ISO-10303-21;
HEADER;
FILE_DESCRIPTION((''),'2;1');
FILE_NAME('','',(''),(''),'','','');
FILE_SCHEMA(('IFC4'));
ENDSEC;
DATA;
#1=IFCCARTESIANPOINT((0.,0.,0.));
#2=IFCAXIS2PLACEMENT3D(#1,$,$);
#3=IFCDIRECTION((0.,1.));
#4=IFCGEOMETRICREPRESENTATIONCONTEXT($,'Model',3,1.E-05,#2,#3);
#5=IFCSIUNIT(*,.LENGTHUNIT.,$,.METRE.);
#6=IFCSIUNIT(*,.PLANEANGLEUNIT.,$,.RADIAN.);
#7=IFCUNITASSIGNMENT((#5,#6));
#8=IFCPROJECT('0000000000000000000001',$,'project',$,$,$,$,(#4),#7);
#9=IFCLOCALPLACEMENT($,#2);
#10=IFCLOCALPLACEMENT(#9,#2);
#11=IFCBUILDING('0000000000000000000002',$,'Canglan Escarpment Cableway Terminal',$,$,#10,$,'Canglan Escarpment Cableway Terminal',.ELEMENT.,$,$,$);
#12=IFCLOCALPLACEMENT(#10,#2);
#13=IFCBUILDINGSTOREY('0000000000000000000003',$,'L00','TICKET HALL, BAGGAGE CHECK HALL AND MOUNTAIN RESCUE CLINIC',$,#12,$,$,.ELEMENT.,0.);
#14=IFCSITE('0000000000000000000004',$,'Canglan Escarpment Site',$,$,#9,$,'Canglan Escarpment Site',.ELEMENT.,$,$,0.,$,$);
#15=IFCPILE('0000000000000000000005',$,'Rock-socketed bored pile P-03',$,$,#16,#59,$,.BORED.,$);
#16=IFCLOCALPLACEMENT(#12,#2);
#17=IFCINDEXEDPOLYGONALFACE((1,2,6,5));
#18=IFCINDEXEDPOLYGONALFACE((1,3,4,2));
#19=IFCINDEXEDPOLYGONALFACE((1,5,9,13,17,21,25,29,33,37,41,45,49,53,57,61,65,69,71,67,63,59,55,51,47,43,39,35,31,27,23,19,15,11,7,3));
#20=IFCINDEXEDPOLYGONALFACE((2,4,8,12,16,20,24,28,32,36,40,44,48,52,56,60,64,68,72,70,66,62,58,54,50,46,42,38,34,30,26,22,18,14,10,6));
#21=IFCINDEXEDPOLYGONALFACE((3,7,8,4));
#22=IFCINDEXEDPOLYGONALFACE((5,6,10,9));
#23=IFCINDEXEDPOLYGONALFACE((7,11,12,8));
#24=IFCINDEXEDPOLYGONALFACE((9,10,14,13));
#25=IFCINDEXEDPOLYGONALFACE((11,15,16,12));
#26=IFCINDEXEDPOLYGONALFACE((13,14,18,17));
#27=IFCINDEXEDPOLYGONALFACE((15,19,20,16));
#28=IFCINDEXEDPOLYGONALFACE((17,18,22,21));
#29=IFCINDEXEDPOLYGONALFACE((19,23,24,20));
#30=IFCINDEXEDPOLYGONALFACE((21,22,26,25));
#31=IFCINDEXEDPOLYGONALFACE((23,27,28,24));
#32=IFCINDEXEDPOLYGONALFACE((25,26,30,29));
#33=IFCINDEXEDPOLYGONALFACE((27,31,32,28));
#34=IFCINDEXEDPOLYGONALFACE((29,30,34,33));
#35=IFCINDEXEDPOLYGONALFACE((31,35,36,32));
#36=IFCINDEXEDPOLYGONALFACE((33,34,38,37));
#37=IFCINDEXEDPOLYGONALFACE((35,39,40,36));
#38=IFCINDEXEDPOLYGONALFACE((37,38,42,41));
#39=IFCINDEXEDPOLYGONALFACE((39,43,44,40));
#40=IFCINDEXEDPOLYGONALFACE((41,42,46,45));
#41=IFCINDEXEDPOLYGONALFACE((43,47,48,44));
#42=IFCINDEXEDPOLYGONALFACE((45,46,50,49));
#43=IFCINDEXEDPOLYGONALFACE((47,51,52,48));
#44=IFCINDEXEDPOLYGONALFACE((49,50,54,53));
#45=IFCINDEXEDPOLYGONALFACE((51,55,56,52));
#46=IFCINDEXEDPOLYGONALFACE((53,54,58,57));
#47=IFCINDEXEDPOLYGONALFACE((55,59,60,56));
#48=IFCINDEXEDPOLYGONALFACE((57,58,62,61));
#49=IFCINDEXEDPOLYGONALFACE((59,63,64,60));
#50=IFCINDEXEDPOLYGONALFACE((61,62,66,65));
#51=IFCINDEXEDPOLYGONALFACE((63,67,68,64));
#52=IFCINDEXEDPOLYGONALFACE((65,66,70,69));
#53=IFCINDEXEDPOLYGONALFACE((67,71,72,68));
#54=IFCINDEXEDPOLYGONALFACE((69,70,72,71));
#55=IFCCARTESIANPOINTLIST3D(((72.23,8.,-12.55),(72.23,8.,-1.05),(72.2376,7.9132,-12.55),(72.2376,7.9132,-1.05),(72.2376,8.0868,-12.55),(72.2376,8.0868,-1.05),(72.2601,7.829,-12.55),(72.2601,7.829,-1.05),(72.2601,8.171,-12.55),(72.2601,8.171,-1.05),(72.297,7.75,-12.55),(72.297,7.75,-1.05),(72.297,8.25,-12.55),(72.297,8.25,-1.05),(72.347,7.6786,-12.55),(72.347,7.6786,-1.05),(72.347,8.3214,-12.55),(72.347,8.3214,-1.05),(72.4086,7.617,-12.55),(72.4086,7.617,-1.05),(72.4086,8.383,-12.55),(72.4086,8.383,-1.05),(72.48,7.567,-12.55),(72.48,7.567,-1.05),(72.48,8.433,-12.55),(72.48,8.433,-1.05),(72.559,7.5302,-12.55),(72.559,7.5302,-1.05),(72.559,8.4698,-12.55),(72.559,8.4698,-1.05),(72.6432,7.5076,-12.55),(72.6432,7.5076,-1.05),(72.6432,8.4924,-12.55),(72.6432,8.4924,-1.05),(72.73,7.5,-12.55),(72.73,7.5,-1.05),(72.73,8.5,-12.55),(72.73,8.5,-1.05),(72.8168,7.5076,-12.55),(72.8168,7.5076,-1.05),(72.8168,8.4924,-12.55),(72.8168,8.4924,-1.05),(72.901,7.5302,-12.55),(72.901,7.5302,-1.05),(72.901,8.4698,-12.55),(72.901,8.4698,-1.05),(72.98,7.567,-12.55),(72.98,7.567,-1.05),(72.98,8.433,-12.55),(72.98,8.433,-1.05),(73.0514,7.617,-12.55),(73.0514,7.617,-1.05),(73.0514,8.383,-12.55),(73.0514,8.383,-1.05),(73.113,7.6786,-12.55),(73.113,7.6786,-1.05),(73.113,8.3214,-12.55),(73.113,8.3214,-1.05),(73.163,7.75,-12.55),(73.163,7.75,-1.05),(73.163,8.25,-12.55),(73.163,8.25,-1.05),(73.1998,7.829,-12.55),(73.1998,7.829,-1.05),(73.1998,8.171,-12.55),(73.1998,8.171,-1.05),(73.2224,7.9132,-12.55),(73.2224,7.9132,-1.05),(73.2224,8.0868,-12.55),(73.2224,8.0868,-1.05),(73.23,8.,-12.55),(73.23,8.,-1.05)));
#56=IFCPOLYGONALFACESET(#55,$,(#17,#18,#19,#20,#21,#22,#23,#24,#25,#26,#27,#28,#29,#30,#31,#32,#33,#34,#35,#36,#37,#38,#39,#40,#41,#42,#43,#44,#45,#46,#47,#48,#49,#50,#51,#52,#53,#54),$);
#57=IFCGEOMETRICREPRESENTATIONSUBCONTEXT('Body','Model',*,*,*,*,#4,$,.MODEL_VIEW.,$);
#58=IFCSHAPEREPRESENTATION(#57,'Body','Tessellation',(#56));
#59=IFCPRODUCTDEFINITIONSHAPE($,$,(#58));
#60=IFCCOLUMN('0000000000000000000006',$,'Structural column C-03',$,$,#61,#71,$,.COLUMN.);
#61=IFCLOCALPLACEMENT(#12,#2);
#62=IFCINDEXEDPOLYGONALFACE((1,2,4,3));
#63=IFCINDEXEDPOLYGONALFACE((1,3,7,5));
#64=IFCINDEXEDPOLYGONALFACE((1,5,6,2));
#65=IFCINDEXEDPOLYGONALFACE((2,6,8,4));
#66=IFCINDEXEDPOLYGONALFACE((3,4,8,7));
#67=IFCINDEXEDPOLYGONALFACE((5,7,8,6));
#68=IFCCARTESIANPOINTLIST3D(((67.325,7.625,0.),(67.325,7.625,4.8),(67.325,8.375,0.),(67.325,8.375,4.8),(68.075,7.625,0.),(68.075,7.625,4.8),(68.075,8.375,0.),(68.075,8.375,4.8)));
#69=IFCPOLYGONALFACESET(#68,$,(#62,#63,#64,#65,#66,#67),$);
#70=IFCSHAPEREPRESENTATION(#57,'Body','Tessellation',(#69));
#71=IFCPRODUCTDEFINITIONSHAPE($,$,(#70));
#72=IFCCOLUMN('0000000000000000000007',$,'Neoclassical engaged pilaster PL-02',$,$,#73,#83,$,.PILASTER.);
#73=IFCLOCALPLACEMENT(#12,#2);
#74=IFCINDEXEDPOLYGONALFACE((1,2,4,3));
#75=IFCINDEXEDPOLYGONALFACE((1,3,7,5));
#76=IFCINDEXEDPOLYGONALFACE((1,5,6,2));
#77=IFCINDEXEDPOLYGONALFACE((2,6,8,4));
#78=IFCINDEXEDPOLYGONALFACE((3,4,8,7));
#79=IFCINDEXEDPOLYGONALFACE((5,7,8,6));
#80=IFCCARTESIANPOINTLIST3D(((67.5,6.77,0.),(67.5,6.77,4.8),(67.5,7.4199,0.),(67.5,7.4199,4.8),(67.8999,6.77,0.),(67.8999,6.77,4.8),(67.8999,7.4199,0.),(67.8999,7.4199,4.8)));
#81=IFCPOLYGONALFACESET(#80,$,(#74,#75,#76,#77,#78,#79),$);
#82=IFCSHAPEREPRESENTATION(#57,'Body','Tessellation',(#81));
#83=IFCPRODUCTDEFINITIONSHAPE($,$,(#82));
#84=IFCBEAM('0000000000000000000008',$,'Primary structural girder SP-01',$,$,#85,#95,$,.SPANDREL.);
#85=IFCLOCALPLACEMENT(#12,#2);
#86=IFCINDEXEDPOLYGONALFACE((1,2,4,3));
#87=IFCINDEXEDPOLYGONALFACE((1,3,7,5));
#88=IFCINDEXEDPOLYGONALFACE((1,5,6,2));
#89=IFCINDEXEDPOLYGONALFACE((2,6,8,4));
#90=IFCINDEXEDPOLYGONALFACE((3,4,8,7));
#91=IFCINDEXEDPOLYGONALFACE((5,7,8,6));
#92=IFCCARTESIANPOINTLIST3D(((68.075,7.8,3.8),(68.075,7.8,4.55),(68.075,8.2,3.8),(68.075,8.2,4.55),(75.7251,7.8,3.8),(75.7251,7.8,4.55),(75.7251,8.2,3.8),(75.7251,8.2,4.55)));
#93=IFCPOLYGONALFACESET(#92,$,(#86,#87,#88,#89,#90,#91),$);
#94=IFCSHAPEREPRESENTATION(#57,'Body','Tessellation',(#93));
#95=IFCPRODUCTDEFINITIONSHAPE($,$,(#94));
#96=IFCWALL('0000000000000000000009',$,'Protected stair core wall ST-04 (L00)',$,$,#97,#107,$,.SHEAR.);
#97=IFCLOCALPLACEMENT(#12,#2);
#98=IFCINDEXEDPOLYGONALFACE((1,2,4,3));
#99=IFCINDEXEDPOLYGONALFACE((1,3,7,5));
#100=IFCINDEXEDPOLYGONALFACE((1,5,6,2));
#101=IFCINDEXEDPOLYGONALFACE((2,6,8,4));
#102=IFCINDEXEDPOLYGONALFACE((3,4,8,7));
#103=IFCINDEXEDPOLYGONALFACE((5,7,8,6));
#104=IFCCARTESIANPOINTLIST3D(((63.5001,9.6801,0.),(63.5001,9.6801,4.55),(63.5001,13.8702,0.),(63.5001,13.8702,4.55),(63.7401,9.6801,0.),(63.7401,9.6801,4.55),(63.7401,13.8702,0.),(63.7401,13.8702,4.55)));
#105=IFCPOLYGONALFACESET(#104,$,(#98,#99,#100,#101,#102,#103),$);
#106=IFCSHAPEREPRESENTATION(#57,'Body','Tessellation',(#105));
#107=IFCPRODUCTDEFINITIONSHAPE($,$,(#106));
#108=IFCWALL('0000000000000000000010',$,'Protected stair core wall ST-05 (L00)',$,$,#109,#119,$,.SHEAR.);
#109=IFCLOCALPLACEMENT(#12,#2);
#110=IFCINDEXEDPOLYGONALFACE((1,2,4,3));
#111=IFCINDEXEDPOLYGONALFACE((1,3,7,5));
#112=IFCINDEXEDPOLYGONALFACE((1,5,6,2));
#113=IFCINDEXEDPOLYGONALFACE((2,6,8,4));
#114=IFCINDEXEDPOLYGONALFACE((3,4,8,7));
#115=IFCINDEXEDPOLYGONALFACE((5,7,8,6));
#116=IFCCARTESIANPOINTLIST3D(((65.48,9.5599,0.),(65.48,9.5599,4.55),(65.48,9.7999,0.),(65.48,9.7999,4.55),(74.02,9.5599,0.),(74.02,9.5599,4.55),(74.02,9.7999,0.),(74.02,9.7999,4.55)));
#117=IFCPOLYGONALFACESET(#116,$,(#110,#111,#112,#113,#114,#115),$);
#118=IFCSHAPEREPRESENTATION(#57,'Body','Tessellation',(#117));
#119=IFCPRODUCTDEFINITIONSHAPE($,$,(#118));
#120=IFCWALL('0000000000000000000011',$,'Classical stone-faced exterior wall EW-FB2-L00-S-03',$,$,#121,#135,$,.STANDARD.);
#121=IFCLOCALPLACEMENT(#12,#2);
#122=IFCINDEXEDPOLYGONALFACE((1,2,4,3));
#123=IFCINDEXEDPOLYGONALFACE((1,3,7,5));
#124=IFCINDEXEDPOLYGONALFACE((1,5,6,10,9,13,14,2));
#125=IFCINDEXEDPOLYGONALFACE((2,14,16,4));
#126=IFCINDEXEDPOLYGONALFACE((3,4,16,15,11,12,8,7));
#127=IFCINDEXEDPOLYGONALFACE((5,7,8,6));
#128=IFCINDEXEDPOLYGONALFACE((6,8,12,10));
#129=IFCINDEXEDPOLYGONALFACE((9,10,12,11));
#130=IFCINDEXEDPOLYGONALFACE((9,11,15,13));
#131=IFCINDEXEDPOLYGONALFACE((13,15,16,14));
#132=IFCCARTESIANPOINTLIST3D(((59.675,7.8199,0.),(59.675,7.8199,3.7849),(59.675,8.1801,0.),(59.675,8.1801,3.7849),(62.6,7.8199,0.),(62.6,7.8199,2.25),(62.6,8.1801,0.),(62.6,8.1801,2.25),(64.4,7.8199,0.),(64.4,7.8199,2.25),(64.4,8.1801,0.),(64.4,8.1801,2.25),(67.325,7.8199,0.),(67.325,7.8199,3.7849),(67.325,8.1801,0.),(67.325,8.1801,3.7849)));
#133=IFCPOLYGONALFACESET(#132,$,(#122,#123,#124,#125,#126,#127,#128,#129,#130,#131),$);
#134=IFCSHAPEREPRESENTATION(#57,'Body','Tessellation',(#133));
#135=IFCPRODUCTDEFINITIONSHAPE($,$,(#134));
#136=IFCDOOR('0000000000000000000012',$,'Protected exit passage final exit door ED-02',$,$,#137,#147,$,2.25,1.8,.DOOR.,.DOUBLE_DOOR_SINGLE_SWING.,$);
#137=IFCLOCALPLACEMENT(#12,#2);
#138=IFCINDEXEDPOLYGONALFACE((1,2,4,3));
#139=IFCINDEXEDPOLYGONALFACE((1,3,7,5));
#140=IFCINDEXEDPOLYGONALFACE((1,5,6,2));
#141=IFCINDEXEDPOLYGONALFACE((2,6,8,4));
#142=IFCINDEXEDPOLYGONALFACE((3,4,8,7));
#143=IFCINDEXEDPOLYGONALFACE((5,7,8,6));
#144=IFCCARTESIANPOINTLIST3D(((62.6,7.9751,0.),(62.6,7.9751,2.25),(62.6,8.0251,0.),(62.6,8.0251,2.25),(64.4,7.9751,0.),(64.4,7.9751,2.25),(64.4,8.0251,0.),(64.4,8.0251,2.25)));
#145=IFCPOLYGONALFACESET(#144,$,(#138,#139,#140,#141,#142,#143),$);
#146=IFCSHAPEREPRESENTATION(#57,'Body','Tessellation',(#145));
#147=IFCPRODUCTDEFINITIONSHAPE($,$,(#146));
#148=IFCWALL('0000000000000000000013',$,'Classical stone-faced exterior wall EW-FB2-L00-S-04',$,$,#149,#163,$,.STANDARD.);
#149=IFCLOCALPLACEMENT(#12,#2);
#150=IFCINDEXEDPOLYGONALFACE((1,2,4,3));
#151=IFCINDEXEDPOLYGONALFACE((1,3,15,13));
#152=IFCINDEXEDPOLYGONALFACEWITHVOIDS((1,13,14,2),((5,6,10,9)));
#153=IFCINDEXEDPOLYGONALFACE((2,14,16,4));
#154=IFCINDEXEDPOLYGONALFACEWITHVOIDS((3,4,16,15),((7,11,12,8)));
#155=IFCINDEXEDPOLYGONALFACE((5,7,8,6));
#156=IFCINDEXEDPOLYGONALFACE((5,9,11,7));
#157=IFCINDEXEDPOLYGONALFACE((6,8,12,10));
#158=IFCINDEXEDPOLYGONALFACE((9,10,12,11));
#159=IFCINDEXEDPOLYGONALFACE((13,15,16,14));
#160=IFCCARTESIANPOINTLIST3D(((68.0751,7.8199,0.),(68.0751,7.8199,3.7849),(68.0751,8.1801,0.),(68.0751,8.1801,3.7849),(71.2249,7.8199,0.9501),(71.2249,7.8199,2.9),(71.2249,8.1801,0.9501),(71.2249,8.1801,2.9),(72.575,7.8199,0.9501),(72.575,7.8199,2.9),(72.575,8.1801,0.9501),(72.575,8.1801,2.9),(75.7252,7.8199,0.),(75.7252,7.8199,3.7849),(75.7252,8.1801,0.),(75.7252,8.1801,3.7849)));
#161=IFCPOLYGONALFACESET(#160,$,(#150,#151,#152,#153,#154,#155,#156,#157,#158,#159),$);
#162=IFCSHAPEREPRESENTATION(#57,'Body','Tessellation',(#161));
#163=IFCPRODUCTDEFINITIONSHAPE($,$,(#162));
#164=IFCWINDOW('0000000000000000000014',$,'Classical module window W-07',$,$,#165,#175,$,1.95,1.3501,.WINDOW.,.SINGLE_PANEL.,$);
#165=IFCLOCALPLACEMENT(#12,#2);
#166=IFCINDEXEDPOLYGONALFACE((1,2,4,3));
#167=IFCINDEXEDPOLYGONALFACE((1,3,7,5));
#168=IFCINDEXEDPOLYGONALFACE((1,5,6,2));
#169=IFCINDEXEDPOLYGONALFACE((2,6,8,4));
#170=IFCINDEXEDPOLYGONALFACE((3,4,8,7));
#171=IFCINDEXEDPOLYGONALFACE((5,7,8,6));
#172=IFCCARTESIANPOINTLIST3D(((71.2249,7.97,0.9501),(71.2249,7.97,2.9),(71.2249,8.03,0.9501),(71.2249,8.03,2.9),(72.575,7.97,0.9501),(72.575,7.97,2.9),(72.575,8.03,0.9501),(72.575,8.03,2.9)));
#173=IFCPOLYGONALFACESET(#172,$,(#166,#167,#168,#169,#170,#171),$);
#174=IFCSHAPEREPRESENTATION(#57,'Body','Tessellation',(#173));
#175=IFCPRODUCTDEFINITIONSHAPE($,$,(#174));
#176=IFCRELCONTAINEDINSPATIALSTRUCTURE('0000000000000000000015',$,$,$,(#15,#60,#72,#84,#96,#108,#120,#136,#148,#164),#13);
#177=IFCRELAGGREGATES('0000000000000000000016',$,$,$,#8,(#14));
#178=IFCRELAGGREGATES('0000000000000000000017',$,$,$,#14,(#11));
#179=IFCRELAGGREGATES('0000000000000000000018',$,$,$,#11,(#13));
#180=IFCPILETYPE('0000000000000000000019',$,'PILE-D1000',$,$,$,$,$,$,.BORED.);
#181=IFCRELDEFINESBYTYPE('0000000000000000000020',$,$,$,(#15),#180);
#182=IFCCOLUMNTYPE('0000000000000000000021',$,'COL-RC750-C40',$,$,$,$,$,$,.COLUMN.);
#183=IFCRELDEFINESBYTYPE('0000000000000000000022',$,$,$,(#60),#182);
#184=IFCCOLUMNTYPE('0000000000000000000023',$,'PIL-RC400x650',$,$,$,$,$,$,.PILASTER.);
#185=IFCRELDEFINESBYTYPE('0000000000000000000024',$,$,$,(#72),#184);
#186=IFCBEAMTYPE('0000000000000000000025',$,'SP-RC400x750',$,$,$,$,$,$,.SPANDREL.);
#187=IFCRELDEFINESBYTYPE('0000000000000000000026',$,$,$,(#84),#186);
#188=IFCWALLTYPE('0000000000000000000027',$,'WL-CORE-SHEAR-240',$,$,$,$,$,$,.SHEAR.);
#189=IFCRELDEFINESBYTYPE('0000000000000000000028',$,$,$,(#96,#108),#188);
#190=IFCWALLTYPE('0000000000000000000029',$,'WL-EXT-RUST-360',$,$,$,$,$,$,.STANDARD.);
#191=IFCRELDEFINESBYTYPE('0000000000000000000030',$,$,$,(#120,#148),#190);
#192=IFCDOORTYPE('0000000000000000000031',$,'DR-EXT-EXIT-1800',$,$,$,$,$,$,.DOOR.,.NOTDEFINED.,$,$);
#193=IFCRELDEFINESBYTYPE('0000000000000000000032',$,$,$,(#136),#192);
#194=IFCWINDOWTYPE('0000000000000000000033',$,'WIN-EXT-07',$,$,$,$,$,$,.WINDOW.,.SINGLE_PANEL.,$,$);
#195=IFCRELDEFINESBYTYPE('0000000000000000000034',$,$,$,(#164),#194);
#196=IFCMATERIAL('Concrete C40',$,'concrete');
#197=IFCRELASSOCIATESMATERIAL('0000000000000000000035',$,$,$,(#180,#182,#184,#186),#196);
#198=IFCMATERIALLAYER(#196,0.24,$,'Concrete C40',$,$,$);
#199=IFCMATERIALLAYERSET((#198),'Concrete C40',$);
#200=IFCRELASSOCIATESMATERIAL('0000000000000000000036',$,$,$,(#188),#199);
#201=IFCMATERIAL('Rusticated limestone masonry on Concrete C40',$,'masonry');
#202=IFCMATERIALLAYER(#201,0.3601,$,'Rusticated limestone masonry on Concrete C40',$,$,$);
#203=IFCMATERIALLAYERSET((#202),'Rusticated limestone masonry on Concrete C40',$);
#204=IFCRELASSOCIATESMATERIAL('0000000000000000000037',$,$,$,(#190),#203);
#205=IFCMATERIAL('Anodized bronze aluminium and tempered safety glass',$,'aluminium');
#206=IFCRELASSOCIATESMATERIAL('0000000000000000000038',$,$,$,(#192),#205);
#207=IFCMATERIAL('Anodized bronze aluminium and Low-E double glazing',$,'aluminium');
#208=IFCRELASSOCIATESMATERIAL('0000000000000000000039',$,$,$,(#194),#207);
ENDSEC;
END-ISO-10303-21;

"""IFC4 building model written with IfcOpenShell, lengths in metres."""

from ifc_helpers import new_model, si_unit, direction, frame, frame_2d, origin, origin_2d, place, context, subcontext, project, spatial, rectangle, circle, extrude, material, layer, layer_set, material_profile, profile_set, type_object, element, fill, save


model = new_model("IFC4")

# Units and contexts
model_context = context("Model", 3, precision=1e-05, world=origin(), true_north=direction((0.0, 1.0)))
body_context = subcontext(model_context, "Body", "Model", "MODEL_VIEW")
ifc_project = project(units=[si_unit("LENGTHUNIT", "METRE"), si_unit("PLANEANGLEUNIT", "RADIAN")], contexts=[model_context])

# Site, building, storey
site_placement = place(None, origin())
site = spatial("IfcSite", under=ifc_project, at=site_placement, Name="Canglan Escarpment Site", LongName="Canglan Escarpment Site", CompositionType="ELEMENT", RefElevation=0.0)
building_placement = place(site_placement, origin())
building = spatial("IfcBuilding", under=site, at=building_placement, Name="Canglan Escarpment Cableway Terminal", LongName="Canglan Escarpment Cableway Terminal", CompositionType="ELEMENT")
storey_placement = place(building_placement, origin())
storey = spatial("IfcBuildingStorey", under=building, at=storey_placement, Name="L00", Description="TICKET HALL, BAGGAGE CHECK HALL AND MOUNTAIN RESCUE CLINIC", CompositionType="ELEMENT", Elevation=0.0)

# Shared definitions
ifc_material_1 = material(Name="Concrete C40", Category="concrete")

# Pile
ifc_material_profile_1 = material_profile(ifc_material_1, circle(Radius=0.5, at=origin_2d()), Name="BORED PILE D1000")
ifc_profile_set_1 = profile_set([ifc_material_profile_1], Name="Concrete C40")
pile_type = type_object("IfcPileType", Name="PILE-D1000", PredefinedType="BORED", material=ifc_profile_set_1)
for number, where, z_axis, x_axis, name in (
    (1, (72.73, 8.0, -1.05), (0.0, 0.0, -1.0), (1.0, 0.0, 0.0), "Rock-socketed bored pile P-03"),
):
    element("IfcPile", number, at=place(storey_placement, frame(where, z_axis=z_axis, x_axis=x_axis)), inside=storey, type_object=pile_type, Name=name, PredefinedType="BORED", context=body_context, shape_type="SweptSolid", body=[
        extrude(circle(Radius=0.5, at=origin_2d()), origin(), (0.0, 0.0, 1.0), 11.5),
    ])

# Columns
ifc_material_profile_2 = material_profile(ifc_material_1, rectangle(XDim=0.75, YDim=0.75, at=origin_2d()), Name="RC 750x750")
ifc_profile_set_2 = profile_set([ifc_material_profile_2], Name="Concrete C40")
column_type_1 = type_object("IfcColumnType", Name="COL-RC750-C40", PredefinedType="COLUMN", material=ifc_profile_set_2)
column_1_placement = place(storey_placement, frame((67.7, 8.0, 0.0), z_axis=(0.0, 0.0, 1.0), x_axis=(1.0, 0.0, 0.0)))
element("IfcColumn", 2, at=column_1_placement, inside=storey, type_object=column_type_1, Name="Structural column C-03", PredefinedType="COLUMN", context=body_context, shape_type="SweptSolid", body=[
    extrude(rectangle(XDim=0.75, YDim=0.75, at=origin_2d()), origin(), (0.0, 0.0, 1.0), 4.8),
])
ifc_material_profile_3 = material_profile(ifc_material_1, rectangle(XDim=0.3999, YDim=0.6499, at=origin_2d()), Name="RC-PIL 400x650")
ifc_profile_set_3 = profile_set([ifc_material_profile_3], Name="Concrete C40")
column_type_2 = type_object("IfcColumnType", Name="PIL-RC400x650", PredefinedType="PILASTER", material=ifc_profile_set_3)
column_2_placement = place(storey_placement, frame((67.7, 7.095, 0.0), z_axis=(0.0, 0.0, 1.0), x_axis=(1.0, 0.0, 0.0)))
element("IfcColumn", 3, at=column_2_placement, inside=storey, type_object=column_type_2, Name="Neoclassical engaged pilaster PL-02", PredefinedType="PILASTER", context=body_context, shape_type="SweptSolid", body=[
    extrude(rectangle(XDim=0.3999, YDim=0.6499, at=origin_2d()), origin(), (0.0, 0.0, 1.0), 4.8),
])

# Beam
ifc_material_profile_4 = material_profile(ifc_material_1, rectangle(XDim=0.3999, YDim=0.75, at=origin_2d()), Name="RC 400x750")
ifc_profile_set_4 = profile_set([ifc_material_profile_4], Name="Concrete C40")
beam_type = type_object("IfcBeamType", Name="SP-RC400x750", PredefinedType="SPANDREL", material=ifc_profile_set_4)
beam_placement = place(storey_placement, frame((68.075, 8.0, 4.175), z_axis=(1.0, 0.0, 0.0), x_axis=(0.0, 1.0, 0.0)))
element("IfcBeam", 4, at=beam_placement, inside=storey, type_object=beam_type, Name="Primary structural girder SP-01", PredefinedType="SPANDREL", context=body_context, shape_type="SweptSolid", body=[
    extrude(rectangle(XDim=0.3999, YDim=0.75, at=origin_2d()), origin(), (0.0, 0.0, 1.0), 7.6501),
])

# Walls
ifc_layer_1 = layer(ifc_material_1, 0.24, Name="Concrete C40")
ifc_layer_set_1 = layer_set([ifc_layer_1], Name="Concrete C40")
wall_type_1 = type_object("IfcWallType", Name="WL-CORE-SHEAR-240", PredefinedType="SHEAR", material=ifc_layer_set_1)
wall_1_placement = place(storey_placement, frame((63.6201, 9.6799, 0.0), z_axis=(0.0, 0.0, 1.0), x_axis=(0.0, 1.0, 0.0)))
element("IfcWall", 5, at=wall_1_placement, inside=storey, type_object=wall_type_1, Name="Protected stair core wall ST-04 (L00)", PredefinedType="SHEAR", context=body_context, shape_type="SweptSolid", body=[
    extrude(rectangle(XDim=4.1902, YDim=0.24, at=frame_2d((2.0952, 0.0))), origin(), (0.0, 0.0, 1.0), 4.55),
])
wall_2_placement = place(storey_placement, frame((65.48, 9.6799, 0.0), z_axis=(0.0, 0.0, 1.0), x_axis=(1.0, 0.0, 0.0)))
element("IfcWall", 6, at=wall_2_placement, inside=storey, type_object=wall_type_1, Name="Protected stair core wall ST-05 (L00)", PredefinedType="SHEAR", context=body_context, shape_type="SweptSolid", body=[
    extrude(rectangle(XDim=8.54, YDim=0.24, at=frame_2d((4.27, 0.0))), origin(), (0.0, 0.0, 1.0), 4.55),
])

# Wall, opening, door
ifc_material_2 = material(Name="Rusticated limestone masonry on Concrete C40", Category="masonry")
ifc_layer_2 = layer(ifc_material_2, 0.3601, Name="Rusticated limestone masonry on Concrete C40")
ifc_layer_set_2 = layer_set([ifc_layer_2], Name="Rusticated limestone masonry on Concrete C40")
wall_type_2 = type_object("IfcWallType", Name="WL-EXT-RUST-360", PredefinedType="STANDARD", material=ifc_layer_set_2)
wall_3_placement = place(storey_placement, frame((67.325, 8.0, 0.0), z_axis=(0.0, 0.0, 1.0), x_axis=(-1.0, 0.0, 0.0)))
wall_3 = element("IfcWall", 7, at=wall_3_placement, inside=storey, type_object=wall_type_2, Name="Classical stone-faced exterior wall EW-FB2-L00-S-03", PredefinedType="STANDARD", context=body_context, shape_type="SweptSolid", body=[
    extrude(rectangle(XDim=7.6499, YDim=0.3601, at=frame_2d((3.825, 0.0))), origin(), (0.0, 0.0, 1.0), 3.7849),
])
opening_1_placement = place(wall_3_placement, frame((2.925, 0.0, 0.0)))
opening_1 = element("IfcOpeningElement", 8, at=opening_1_placement, cuts=wall_3, PredefinedType="OPENING", context=body_context, shape_type="SweptSolid", body=[
    extrude(rectangle(XDim=1.8, YDim=2.25, at=frame_2d((0.8999, 1.125))), frame((0.0, 0.1899, 0.0), z_axis=(0.0, -1.0, 0.0), x_axis=(1.0, 0.0, 0.0)), (0.0, 0.0, 1.0), 0.3801),
])
ifc_material_3 = material(Name="Anodized bronze aluminium and tempered safety glass", Category="aluminium")
door_type = type_object("IfcDoorType", Name="DR-EXT-EXIT-1800", OperationType="NOTDEFINED", PredefinedType="DOOR", material=ifc_material_3)
door_placement = place(opening_1_placement, origin())
door = element("IfcDoor", 9, at=door_placement, inside=storey, type_object=door_type, Name="Protected exit passage final exit door ED-02", OperationType="DOUBLE_DOOR_SINGLE_SWING", OverallHeight=2.25, OverallWidth=1.8, PredefinedType="DOOR", context=body_context, shape_type="SweptSolid", body=[
    extrude(rectangle(XDim=1.8, YDim=2.25, at=frame_2d((0.8999, 1.125))), frame((0.0, 0.0249, 0.0), z_axis=(0.0, -1.0, 0.0), x_axis=(1.0, 0.0, 0.0)), (0.0, 0.0, 1.0), 0.05),
])
fill(opening_1, door)

# Wall, opening, window
wall_4_placement = place(storey_placement, frame((68.075, 8.0, 0.0), z_axis=(0.0, 0.0, 1.0), x_axis=(1.0, 0.0, 0.0)))
wall_4 = element("IfcWall", 10, at=wall_4_placement, inside=storey, type_object=wall_type_2, Name="Classical stone-faced exterior wall EW-FB2-L00-S-04", PredefinedType="STANDARD", context=body_context, shape_type="SweptSolid", body=[
    extrude(rectangle(XDim=7.6501, YDim=0.3601, at=frame_2d((3.8252, 0.0))), origin(), (0.0, 0.0, 1.0), 3.7849),
])
opening_2_placement = place(wall_4_placement, frame((3.1499, 0.0, 0.95)))
opening_2 = element("IfcOpeningElement", 11, at=opening_2_placement, cuts=wall_4, PredefinedType="OPENING", context=body_context, shape_type="SweptSolid", body=[
    extrude(rectangle(XDim=1.3501, YDim=1.95, at=frame_2d((0.675, 0.9751))), frame((0.0, 0.1899, 0.0), z_axis=(0.0, -1.0, 0.0), x_axis=(1.0, 0.0, 0.0)), (0.0, 0.0, 1.0), 0.3801),
])
ifc_material_4 = material(Name="Anodized bronze aluminium and Low-E double glazing", Category="aluminium")
window_type = type_object("IfcWindowType", Name="WIN-EXT-07", PartitioningType="SINGLE_PANEL", PredefinedType="WINDOW", material=ifc_material_4)
window_placement = place(opening_2_placement, origin())
window = element("IfcWindow", 12, at=window_placement, inside=storey, type_object=window_type, Name="Classical module window W-07", OverallHeight=1.95, OverallWidth=1.3501, PartitioningType="SINGLE_PANEL", PredefinedType="WINDOW", context=body_context, shape_type="SweptSolid", body=[
    extrude(rectangle(XDim=1.3501, YDim=1.95, at=frame_2d((0.675, 0.9751))), frame((0.0, 0.03, 0.0), z_axis=(0.0, -1.0, 0.0), x_axis=(1.0, 0.0, 0.0)), (0.0, 0.0, 1.0), 0.0601),
])
fill(opening_2, window)

save(model, "model.ifc")
